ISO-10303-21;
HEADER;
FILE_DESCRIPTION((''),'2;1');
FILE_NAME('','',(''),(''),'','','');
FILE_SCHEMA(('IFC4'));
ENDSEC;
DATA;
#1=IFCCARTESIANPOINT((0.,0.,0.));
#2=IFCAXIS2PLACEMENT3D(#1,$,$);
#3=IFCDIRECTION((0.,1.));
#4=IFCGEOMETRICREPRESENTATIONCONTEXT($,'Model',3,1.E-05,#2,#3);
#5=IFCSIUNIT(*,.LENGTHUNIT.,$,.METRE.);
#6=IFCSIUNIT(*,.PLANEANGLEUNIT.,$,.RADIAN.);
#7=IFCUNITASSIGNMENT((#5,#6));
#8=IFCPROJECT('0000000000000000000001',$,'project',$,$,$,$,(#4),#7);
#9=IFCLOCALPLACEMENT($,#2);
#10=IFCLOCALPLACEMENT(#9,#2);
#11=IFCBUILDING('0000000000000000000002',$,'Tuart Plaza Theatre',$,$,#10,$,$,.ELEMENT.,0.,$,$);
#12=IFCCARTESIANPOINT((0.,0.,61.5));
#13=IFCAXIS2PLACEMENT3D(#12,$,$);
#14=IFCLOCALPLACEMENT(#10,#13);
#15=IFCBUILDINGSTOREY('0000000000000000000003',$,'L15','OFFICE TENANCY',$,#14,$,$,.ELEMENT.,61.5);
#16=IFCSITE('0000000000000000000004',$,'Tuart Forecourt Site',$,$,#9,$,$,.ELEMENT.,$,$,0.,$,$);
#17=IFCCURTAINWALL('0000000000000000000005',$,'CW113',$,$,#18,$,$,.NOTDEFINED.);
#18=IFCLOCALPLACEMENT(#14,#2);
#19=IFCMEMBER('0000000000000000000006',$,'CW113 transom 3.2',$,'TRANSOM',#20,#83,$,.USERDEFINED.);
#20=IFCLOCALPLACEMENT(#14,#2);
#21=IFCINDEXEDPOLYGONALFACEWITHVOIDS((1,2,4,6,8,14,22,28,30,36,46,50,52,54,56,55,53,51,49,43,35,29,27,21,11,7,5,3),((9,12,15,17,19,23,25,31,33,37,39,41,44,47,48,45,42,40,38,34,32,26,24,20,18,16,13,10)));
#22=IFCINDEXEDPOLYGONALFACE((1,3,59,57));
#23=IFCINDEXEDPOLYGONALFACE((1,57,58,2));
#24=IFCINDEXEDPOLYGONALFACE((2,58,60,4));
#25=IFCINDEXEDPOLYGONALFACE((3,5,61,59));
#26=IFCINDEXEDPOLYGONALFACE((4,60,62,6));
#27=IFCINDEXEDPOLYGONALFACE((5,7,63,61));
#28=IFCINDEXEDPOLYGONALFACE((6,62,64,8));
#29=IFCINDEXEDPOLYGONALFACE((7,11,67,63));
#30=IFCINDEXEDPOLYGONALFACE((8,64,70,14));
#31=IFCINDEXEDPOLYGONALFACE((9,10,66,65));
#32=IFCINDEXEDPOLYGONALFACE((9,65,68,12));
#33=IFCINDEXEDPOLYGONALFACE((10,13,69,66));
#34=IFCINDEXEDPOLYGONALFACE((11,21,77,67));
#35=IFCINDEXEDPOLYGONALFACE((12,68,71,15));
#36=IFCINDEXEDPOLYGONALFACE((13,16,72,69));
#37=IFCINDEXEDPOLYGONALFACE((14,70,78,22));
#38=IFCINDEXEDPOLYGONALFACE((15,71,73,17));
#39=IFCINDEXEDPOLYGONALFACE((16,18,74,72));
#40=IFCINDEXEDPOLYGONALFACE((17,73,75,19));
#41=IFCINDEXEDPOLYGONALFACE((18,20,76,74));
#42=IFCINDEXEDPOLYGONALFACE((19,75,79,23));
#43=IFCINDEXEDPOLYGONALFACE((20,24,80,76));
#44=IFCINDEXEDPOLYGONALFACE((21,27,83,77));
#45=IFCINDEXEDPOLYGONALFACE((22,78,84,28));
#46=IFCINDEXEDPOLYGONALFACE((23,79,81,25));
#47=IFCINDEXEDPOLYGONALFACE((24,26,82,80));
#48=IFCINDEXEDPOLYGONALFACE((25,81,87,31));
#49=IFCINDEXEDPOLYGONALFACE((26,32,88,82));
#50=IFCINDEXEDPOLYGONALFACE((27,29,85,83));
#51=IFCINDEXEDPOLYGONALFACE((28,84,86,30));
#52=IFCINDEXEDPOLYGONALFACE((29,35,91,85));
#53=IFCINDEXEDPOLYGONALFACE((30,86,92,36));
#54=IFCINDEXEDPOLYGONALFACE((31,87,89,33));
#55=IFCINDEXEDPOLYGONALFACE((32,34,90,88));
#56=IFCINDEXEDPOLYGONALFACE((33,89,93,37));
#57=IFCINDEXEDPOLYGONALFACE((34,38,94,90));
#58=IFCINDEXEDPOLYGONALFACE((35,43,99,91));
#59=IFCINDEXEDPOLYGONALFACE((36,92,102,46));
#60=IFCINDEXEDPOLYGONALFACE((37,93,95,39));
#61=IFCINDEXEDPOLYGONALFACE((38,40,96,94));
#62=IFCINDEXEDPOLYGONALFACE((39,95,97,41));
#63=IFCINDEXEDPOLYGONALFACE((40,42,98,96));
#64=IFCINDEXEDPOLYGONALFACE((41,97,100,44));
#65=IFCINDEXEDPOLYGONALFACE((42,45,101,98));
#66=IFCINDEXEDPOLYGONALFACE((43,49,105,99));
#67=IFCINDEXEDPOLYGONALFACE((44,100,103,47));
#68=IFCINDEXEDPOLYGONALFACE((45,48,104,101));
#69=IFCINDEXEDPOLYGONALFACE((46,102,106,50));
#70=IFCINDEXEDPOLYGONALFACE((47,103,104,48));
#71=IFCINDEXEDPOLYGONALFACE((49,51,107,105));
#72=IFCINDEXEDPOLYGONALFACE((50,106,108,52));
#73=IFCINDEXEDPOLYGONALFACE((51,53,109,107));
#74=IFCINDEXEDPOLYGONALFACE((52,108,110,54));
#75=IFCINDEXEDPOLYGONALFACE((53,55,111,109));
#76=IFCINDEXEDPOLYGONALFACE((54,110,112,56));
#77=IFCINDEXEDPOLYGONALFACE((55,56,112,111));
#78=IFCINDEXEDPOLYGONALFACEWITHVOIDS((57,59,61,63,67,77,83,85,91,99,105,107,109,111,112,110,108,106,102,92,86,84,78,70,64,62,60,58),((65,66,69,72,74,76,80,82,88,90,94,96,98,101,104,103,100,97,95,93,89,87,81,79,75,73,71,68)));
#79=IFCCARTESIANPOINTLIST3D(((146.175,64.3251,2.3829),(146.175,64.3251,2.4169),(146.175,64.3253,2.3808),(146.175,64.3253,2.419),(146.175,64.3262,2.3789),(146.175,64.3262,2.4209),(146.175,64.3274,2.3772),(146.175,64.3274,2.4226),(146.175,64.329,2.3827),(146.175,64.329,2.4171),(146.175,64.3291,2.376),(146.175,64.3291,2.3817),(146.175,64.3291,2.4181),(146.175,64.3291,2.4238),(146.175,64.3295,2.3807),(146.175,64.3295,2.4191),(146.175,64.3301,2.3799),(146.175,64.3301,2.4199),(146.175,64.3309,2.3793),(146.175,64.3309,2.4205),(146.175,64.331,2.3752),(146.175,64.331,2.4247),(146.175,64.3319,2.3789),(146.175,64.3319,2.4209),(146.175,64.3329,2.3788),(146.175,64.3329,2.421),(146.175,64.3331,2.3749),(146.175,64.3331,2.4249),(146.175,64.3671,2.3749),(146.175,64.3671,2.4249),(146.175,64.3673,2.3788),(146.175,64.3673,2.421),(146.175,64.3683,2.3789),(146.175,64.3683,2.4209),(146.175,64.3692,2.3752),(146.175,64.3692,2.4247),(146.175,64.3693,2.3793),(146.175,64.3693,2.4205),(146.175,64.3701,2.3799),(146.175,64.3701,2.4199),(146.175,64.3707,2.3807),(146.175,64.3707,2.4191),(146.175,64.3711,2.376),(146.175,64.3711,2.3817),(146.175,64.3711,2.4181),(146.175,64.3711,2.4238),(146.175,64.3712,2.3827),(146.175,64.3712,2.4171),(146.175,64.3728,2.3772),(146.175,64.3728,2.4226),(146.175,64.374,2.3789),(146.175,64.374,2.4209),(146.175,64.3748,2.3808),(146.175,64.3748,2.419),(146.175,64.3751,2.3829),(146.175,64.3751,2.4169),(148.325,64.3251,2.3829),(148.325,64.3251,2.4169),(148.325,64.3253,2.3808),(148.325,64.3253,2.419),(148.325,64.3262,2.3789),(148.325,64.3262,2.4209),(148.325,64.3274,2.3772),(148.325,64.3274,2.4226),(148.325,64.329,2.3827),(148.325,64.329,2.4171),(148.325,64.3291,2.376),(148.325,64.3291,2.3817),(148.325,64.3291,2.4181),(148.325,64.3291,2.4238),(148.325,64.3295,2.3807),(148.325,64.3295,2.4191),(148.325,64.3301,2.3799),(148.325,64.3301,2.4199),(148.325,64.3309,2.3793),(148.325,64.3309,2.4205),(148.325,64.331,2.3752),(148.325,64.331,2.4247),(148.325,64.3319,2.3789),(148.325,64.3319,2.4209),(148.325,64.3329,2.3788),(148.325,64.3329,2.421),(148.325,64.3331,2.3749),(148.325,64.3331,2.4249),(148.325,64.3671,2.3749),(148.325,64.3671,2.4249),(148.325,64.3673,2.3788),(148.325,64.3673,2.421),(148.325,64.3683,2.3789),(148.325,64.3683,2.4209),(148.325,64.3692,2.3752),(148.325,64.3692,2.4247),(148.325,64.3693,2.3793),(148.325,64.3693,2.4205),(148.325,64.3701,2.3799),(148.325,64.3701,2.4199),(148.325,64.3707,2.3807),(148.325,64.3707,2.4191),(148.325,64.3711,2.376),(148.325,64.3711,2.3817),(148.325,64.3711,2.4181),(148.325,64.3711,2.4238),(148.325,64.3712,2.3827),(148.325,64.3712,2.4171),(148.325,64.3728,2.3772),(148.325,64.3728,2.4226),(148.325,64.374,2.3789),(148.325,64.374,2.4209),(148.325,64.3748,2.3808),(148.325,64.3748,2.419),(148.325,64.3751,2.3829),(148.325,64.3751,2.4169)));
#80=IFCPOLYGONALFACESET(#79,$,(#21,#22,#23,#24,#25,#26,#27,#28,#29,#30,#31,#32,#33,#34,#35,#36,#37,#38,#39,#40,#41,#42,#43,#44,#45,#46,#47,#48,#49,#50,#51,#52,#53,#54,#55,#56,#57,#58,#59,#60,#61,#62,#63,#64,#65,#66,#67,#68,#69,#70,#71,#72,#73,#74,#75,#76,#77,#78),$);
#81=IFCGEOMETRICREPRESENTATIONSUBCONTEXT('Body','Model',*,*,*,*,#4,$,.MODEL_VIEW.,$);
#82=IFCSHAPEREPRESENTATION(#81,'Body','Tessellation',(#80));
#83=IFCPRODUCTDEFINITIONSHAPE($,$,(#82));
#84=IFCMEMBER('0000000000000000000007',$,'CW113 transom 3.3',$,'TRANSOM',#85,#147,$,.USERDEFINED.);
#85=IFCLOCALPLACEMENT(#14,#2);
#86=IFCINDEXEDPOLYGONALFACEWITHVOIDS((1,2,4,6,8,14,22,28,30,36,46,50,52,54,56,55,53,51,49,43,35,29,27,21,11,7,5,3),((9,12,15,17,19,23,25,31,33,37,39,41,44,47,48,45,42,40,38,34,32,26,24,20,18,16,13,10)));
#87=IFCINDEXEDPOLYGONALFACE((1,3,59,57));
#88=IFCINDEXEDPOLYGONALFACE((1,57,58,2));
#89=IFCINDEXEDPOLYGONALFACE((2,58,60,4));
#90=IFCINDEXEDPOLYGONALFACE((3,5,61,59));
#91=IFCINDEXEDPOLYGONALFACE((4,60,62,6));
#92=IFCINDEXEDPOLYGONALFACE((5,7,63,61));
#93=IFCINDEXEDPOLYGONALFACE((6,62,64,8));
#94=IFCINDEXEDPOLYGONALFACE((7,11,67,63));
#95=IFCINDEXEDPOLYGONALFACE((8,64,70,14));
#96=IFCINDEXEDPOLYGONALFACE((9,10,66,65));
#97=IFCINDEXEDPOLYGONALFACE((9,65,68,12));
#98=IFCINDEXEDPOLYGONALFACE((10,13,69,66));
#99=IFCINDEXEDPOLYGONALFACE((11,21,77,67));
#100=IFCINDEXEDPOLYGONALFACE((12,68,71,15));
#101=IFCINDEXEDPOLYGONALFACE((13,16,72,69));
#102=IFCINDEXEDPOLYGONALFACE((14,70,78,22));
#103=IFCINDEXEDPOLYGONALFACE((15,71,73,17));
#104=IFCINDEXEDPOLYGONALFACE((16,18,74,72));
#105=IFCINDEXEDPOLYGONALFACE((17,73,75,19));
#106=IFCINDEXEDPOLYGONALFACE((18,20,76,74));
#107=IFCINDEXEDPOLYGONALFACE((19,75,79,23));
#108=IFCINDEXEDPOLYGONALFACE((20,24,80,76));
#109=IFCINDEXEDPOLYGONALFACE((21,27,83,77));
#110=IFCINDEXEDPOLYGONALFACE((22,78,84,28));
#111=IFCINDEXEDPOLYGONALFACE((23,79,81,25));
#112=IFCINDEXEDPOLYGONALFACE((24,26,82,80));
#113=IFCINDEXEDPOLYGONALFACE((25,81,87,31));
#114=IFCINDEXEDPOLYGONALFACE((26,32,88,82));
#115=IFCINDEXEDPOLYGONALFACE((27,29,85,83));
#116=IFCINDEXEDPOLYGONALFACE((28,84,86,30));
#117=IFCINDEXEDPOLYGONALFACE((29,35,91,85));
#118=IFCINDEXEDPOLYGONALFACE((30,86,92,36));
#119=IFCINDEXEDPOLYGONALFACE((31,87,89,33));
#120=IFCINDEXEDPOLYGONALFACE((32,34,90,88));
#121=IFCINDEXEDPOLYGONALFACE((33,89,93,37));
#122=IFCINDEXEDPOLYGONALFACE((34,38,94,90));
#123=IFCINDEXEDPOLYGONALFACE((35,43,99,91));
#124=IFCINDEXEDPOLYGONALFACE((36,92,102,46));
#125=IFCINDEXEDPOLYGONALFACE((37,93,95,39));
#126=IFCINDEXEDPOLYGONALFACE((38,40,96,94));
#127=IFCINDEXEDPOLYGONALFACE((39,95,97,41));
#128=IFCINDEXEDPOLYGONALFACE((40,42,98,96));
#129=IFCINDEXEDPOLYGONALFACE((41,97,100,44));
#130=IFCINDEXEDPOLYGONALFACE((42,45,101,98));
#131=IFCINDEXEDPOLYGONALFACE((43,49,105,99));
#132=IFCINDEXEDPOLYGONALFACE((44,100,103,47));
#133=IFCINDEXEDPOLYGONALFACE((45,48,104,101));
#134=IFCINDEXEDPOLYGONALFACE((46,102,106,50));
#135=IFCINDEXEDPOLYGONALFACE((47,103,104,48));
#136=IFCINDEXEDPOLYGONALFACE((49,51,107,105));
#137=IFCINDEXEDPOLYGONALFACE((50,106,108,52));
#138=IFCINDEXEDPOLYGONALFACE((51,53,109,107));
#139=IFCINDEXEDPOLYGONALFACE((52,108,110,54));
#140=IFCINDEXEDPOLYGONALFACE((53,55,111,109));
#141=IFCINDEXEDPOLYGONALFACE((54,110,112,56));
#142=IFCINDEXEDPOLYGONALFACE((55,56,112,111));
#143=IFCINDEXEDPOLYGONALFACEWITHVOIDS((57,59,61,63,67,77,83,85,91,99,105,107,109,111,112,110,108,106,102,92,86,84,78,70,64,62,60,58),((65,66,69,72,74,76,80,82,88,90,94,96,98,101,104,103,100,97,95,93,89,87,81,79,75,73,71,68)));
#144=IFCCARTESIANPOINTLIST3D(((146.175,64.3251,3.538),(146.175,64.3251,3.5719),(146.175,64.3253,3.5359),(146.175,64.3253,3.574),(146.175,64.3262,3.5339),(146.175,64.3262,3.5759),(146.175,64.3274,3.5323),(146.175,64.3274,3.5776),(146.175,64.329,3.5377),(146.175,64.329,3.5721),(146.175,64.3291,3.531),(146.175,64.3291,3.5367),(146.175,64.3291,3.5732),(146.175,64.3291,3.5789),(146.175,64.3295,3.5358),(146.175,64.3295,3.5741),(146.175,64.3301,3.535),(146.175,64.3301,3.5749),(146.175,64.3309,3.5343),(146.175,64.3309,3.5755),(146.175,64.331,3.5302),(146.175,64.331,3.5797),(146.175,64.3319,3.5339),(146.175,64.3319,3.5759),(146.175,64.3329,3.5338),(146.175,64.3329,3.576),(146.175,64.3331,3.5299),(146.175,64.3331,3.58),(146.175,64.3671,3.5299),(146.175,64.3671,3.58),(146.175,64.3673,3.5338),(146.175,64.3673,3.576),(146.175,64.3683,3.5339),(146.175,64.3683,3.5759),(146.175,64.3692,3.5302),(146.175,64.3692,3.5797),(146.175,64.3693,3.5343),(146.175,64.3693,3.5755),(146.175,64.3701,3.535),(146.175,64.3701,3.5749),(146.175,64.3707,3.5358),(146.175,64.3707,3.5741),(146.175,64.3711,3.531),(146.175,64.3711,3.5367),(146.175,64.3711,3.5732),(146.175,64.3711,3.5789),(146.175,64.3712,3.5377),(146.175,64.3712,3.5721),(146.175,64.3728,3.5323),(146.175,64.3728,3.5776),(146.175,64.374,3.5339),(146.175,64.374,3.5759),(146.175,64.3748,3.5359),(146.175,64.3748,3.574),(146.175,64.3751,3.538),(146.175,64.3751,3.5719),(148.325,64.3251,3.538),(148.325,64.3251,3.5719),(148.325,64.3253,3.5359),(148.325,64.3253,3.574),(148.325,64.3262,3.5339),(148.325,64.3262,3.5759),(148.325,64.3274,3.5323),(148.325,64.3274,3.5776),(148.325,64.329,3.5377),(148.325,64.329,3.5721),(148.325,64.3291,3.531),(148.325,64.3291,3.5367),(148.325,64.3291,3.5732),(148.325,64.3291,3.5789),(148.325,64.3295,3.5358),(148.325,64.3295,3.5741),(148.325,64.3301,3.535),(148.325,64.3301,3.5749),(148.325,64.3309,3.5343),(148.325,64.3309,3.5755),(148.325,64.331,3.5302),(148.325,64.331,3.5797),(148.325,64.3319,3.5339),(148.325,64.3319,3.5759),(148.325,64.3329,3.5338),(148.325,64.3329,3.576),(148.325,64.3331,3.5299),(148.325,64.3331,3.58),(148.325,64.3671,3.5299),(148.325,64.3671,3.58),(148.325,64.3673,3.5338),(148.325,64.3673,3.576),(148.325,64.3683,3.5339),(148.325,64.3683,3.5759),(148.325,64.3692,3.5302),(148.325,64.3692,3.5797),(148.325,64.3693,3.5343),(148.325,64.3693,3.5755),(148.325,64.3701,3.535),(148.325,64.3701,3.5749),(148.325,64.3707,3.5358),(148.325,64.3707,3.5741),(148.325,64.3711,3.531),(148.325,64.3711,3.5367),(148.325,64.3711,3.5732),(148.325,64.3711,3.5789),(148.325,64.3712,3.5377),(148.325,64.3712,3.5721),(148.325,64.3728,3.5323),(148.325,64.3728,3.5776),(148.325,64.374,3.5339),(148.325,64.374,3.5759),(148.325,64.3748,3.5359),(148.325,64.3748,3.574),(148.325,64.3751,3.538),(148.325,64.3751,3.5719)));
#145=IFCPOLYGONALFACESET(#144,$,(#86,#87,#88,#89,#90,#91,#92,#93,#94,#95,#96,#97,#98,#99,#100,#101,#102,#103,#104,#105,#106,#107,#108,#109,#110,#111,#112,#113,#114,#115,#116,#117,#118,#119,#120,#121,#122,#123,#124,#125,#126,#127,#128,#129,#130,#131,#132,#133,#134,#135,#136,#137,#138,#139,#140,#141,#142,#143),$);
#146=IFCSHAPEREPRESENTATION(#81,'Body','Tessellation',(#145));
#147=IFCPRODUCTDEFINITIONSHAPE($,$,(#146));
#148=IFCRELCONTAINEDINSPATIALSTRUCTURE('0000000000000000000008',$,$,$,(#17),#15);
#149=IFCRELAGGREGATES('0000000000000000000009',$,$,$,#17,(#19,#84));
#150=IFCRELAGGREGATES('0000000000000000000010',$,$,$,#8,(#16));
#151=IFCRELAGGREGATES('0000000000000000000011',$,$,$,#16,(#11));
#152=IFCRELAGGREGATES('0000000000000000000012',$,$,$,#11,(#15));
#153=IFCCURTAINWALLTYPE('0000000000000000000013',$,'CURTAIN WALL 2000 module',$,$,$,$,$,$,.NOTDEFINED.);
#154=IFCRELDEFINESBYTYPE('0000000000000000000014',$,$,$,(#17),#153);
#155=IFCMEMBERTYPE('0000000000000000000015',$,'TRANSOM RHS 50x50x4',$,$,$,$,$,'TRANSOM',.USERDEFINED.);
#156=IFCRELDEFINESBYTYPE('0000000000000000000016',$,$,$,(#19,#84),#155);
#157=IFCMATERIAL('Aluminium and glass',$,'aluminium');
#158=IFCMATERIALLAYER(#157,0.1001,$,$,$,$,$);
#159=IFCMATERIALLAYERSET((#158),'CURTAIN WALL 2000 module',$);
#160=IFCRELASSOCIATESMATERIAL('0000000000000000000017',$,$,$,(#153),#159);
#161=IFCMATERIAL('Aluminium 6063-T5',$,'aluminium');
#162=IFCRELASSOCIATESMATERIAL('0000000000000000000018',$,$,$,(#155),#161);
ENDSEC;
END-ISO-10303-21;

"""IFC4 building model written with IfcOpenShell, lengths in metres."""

from ifc_helpers import new_model, si_unit, direction, frame, origin, origin_2d, place, context, subcontext, project, spatial, hollow_rectangle, extrude, material, layer, layer_set, material_profile, profile_set, type_object, element, aggregate, save


model = new_model("IFC4")

# Units and contexts
model_context = context("Model", 3, precision=1e-05, world=origin(), true_north=direction((0.0, 1.0)))
body_context = subcontext(model_context, "Body", "Model", "MODEL_VIEW")
ifc_project = project(units=[si_unit("LENGTHUNIT", "METRE"), si_unit("PLANEANGLEUNIT", "RADIAN")], contexts=[model_context])

# Site, building, storey
site_placement = place(None, origin())
site = spatial("IfcSite", under=ifc_project, at=site_placement, Name="Tuart Forecourt Site", CompositionType="ELEMENT", RefElevation=0.0)
building_placement = place(site_placement, origin())
building = spatial("IfcBuilding", under=site, at=building_placement, Name="Tuart Plaza Theatre", CompositionType="ELEMENT", ElevationOfRefHeight=0.0)
storey_placement = place(building_placement, frame((0.0, 0.0, 61.5)))
storey = spatial("IfcBuildingStorey", under=building, at=storey_placement, Name="L15", Description="OFFICE TENANCY", CompositionType="ELEMENT", Elevation=61.5)

# Curtain wall, members
ifc_material_1 = material(Name="Aluminium and glass", Category="aluminium")
ifc_layer_1 = layer(ifc_material_1, 0.1001)
ifc_layer_set_1 = layer_set([ifc_layer_1], Name="CURTAIN WALL 2000 module")
curtain_wall_type = type_object("IfcCurtainWallType", Name="CURTAIN WALL 2000 module", PredefinedType="NOTDEFINED", material=ifc_layer_set_1)
curtain_wall_placement = place(storey_placement, origin())
curtain_wall = element("IfcCurtainWall", 1, at=curtain_wall_placement, inside=storey, type_object=curtain_wall_type, Name="CW113", PredefinedType="NOTDEFINED")
ifc_material_2 = material(Name="Aluminium 6063-T5", Category="aluminium")
ifc_material_profile_1 = material_profile(ifc_material_2, hollow_rectangle(XDim=0.05, YDim=0.05, WallThickness=0.0039, InnerFilletRadius=0.0039, OuterFilletRadius=0.0081, at=origin_2d()), Name="RHS 50x50x4")
ifc_profile_set_1 = profile_set([ifc_material_profile_1], Name="Aluminium 6063-T5")
member_type_1 = type_object("IfcMemberType", Name="TRANSOM RHS 50x50x4", ElementType="TRANSOM", PredefinedType="USERDEFINED", material=ifc_profile_set_1)
member_1_placement = place(storey_placement, frame((146.175, 64.3501, 2.3999), z_axis=(1.0, 0.0, 0.0), x_axis=(0.0, 1.0, 0.0)))
member_1 = element("IfcMember", 2, at=member_1_placement, type_object=member_type_1, Name="CW113 transom 3.2", ObjectType="TRANSOM", PredefinedType="USERDEFINED", context=body_context, shape_type="SweptSolid", body=[
    extrude(hollow_rectangle(XDim=0.05, YDim=0.05, WallThickness=0.0039, InnerFilletRadius=0.0039, OuterFilletRadius=0.0081, at=origin_2d()), origin(), (0.0, 0.0, 1.0), 2.1499),
])
member_2_placement = place(storey_placement, frame((146.175, 64.3501, 3.5549), z_axis=(1.0, 0.0, 0.0), x_axis=(0.0, 1.0, 0.0)))
member_2 = element("IfcMember", 3, at=member_2_placement, type_object=member_type_1, Name="CW113 transom 3.3", ObjectType="TRANSOM", PredefinedType="USERDEFINED", context=body_context, shape_type="SweptSolid", body=[
    extrude(hollow_rectangle(XDim=0.05, YDim=0.05, WallThickness=0.0039, InnerFilletRadius=0.0039, OuterFilletRadius=0.0081, at=origin_2d()), origin(), (0.0, 0.0, 1.0), 2.1499),
])
aggregate(curtain_wall, [member_1, member_2])

save(model, "model.ifc")
